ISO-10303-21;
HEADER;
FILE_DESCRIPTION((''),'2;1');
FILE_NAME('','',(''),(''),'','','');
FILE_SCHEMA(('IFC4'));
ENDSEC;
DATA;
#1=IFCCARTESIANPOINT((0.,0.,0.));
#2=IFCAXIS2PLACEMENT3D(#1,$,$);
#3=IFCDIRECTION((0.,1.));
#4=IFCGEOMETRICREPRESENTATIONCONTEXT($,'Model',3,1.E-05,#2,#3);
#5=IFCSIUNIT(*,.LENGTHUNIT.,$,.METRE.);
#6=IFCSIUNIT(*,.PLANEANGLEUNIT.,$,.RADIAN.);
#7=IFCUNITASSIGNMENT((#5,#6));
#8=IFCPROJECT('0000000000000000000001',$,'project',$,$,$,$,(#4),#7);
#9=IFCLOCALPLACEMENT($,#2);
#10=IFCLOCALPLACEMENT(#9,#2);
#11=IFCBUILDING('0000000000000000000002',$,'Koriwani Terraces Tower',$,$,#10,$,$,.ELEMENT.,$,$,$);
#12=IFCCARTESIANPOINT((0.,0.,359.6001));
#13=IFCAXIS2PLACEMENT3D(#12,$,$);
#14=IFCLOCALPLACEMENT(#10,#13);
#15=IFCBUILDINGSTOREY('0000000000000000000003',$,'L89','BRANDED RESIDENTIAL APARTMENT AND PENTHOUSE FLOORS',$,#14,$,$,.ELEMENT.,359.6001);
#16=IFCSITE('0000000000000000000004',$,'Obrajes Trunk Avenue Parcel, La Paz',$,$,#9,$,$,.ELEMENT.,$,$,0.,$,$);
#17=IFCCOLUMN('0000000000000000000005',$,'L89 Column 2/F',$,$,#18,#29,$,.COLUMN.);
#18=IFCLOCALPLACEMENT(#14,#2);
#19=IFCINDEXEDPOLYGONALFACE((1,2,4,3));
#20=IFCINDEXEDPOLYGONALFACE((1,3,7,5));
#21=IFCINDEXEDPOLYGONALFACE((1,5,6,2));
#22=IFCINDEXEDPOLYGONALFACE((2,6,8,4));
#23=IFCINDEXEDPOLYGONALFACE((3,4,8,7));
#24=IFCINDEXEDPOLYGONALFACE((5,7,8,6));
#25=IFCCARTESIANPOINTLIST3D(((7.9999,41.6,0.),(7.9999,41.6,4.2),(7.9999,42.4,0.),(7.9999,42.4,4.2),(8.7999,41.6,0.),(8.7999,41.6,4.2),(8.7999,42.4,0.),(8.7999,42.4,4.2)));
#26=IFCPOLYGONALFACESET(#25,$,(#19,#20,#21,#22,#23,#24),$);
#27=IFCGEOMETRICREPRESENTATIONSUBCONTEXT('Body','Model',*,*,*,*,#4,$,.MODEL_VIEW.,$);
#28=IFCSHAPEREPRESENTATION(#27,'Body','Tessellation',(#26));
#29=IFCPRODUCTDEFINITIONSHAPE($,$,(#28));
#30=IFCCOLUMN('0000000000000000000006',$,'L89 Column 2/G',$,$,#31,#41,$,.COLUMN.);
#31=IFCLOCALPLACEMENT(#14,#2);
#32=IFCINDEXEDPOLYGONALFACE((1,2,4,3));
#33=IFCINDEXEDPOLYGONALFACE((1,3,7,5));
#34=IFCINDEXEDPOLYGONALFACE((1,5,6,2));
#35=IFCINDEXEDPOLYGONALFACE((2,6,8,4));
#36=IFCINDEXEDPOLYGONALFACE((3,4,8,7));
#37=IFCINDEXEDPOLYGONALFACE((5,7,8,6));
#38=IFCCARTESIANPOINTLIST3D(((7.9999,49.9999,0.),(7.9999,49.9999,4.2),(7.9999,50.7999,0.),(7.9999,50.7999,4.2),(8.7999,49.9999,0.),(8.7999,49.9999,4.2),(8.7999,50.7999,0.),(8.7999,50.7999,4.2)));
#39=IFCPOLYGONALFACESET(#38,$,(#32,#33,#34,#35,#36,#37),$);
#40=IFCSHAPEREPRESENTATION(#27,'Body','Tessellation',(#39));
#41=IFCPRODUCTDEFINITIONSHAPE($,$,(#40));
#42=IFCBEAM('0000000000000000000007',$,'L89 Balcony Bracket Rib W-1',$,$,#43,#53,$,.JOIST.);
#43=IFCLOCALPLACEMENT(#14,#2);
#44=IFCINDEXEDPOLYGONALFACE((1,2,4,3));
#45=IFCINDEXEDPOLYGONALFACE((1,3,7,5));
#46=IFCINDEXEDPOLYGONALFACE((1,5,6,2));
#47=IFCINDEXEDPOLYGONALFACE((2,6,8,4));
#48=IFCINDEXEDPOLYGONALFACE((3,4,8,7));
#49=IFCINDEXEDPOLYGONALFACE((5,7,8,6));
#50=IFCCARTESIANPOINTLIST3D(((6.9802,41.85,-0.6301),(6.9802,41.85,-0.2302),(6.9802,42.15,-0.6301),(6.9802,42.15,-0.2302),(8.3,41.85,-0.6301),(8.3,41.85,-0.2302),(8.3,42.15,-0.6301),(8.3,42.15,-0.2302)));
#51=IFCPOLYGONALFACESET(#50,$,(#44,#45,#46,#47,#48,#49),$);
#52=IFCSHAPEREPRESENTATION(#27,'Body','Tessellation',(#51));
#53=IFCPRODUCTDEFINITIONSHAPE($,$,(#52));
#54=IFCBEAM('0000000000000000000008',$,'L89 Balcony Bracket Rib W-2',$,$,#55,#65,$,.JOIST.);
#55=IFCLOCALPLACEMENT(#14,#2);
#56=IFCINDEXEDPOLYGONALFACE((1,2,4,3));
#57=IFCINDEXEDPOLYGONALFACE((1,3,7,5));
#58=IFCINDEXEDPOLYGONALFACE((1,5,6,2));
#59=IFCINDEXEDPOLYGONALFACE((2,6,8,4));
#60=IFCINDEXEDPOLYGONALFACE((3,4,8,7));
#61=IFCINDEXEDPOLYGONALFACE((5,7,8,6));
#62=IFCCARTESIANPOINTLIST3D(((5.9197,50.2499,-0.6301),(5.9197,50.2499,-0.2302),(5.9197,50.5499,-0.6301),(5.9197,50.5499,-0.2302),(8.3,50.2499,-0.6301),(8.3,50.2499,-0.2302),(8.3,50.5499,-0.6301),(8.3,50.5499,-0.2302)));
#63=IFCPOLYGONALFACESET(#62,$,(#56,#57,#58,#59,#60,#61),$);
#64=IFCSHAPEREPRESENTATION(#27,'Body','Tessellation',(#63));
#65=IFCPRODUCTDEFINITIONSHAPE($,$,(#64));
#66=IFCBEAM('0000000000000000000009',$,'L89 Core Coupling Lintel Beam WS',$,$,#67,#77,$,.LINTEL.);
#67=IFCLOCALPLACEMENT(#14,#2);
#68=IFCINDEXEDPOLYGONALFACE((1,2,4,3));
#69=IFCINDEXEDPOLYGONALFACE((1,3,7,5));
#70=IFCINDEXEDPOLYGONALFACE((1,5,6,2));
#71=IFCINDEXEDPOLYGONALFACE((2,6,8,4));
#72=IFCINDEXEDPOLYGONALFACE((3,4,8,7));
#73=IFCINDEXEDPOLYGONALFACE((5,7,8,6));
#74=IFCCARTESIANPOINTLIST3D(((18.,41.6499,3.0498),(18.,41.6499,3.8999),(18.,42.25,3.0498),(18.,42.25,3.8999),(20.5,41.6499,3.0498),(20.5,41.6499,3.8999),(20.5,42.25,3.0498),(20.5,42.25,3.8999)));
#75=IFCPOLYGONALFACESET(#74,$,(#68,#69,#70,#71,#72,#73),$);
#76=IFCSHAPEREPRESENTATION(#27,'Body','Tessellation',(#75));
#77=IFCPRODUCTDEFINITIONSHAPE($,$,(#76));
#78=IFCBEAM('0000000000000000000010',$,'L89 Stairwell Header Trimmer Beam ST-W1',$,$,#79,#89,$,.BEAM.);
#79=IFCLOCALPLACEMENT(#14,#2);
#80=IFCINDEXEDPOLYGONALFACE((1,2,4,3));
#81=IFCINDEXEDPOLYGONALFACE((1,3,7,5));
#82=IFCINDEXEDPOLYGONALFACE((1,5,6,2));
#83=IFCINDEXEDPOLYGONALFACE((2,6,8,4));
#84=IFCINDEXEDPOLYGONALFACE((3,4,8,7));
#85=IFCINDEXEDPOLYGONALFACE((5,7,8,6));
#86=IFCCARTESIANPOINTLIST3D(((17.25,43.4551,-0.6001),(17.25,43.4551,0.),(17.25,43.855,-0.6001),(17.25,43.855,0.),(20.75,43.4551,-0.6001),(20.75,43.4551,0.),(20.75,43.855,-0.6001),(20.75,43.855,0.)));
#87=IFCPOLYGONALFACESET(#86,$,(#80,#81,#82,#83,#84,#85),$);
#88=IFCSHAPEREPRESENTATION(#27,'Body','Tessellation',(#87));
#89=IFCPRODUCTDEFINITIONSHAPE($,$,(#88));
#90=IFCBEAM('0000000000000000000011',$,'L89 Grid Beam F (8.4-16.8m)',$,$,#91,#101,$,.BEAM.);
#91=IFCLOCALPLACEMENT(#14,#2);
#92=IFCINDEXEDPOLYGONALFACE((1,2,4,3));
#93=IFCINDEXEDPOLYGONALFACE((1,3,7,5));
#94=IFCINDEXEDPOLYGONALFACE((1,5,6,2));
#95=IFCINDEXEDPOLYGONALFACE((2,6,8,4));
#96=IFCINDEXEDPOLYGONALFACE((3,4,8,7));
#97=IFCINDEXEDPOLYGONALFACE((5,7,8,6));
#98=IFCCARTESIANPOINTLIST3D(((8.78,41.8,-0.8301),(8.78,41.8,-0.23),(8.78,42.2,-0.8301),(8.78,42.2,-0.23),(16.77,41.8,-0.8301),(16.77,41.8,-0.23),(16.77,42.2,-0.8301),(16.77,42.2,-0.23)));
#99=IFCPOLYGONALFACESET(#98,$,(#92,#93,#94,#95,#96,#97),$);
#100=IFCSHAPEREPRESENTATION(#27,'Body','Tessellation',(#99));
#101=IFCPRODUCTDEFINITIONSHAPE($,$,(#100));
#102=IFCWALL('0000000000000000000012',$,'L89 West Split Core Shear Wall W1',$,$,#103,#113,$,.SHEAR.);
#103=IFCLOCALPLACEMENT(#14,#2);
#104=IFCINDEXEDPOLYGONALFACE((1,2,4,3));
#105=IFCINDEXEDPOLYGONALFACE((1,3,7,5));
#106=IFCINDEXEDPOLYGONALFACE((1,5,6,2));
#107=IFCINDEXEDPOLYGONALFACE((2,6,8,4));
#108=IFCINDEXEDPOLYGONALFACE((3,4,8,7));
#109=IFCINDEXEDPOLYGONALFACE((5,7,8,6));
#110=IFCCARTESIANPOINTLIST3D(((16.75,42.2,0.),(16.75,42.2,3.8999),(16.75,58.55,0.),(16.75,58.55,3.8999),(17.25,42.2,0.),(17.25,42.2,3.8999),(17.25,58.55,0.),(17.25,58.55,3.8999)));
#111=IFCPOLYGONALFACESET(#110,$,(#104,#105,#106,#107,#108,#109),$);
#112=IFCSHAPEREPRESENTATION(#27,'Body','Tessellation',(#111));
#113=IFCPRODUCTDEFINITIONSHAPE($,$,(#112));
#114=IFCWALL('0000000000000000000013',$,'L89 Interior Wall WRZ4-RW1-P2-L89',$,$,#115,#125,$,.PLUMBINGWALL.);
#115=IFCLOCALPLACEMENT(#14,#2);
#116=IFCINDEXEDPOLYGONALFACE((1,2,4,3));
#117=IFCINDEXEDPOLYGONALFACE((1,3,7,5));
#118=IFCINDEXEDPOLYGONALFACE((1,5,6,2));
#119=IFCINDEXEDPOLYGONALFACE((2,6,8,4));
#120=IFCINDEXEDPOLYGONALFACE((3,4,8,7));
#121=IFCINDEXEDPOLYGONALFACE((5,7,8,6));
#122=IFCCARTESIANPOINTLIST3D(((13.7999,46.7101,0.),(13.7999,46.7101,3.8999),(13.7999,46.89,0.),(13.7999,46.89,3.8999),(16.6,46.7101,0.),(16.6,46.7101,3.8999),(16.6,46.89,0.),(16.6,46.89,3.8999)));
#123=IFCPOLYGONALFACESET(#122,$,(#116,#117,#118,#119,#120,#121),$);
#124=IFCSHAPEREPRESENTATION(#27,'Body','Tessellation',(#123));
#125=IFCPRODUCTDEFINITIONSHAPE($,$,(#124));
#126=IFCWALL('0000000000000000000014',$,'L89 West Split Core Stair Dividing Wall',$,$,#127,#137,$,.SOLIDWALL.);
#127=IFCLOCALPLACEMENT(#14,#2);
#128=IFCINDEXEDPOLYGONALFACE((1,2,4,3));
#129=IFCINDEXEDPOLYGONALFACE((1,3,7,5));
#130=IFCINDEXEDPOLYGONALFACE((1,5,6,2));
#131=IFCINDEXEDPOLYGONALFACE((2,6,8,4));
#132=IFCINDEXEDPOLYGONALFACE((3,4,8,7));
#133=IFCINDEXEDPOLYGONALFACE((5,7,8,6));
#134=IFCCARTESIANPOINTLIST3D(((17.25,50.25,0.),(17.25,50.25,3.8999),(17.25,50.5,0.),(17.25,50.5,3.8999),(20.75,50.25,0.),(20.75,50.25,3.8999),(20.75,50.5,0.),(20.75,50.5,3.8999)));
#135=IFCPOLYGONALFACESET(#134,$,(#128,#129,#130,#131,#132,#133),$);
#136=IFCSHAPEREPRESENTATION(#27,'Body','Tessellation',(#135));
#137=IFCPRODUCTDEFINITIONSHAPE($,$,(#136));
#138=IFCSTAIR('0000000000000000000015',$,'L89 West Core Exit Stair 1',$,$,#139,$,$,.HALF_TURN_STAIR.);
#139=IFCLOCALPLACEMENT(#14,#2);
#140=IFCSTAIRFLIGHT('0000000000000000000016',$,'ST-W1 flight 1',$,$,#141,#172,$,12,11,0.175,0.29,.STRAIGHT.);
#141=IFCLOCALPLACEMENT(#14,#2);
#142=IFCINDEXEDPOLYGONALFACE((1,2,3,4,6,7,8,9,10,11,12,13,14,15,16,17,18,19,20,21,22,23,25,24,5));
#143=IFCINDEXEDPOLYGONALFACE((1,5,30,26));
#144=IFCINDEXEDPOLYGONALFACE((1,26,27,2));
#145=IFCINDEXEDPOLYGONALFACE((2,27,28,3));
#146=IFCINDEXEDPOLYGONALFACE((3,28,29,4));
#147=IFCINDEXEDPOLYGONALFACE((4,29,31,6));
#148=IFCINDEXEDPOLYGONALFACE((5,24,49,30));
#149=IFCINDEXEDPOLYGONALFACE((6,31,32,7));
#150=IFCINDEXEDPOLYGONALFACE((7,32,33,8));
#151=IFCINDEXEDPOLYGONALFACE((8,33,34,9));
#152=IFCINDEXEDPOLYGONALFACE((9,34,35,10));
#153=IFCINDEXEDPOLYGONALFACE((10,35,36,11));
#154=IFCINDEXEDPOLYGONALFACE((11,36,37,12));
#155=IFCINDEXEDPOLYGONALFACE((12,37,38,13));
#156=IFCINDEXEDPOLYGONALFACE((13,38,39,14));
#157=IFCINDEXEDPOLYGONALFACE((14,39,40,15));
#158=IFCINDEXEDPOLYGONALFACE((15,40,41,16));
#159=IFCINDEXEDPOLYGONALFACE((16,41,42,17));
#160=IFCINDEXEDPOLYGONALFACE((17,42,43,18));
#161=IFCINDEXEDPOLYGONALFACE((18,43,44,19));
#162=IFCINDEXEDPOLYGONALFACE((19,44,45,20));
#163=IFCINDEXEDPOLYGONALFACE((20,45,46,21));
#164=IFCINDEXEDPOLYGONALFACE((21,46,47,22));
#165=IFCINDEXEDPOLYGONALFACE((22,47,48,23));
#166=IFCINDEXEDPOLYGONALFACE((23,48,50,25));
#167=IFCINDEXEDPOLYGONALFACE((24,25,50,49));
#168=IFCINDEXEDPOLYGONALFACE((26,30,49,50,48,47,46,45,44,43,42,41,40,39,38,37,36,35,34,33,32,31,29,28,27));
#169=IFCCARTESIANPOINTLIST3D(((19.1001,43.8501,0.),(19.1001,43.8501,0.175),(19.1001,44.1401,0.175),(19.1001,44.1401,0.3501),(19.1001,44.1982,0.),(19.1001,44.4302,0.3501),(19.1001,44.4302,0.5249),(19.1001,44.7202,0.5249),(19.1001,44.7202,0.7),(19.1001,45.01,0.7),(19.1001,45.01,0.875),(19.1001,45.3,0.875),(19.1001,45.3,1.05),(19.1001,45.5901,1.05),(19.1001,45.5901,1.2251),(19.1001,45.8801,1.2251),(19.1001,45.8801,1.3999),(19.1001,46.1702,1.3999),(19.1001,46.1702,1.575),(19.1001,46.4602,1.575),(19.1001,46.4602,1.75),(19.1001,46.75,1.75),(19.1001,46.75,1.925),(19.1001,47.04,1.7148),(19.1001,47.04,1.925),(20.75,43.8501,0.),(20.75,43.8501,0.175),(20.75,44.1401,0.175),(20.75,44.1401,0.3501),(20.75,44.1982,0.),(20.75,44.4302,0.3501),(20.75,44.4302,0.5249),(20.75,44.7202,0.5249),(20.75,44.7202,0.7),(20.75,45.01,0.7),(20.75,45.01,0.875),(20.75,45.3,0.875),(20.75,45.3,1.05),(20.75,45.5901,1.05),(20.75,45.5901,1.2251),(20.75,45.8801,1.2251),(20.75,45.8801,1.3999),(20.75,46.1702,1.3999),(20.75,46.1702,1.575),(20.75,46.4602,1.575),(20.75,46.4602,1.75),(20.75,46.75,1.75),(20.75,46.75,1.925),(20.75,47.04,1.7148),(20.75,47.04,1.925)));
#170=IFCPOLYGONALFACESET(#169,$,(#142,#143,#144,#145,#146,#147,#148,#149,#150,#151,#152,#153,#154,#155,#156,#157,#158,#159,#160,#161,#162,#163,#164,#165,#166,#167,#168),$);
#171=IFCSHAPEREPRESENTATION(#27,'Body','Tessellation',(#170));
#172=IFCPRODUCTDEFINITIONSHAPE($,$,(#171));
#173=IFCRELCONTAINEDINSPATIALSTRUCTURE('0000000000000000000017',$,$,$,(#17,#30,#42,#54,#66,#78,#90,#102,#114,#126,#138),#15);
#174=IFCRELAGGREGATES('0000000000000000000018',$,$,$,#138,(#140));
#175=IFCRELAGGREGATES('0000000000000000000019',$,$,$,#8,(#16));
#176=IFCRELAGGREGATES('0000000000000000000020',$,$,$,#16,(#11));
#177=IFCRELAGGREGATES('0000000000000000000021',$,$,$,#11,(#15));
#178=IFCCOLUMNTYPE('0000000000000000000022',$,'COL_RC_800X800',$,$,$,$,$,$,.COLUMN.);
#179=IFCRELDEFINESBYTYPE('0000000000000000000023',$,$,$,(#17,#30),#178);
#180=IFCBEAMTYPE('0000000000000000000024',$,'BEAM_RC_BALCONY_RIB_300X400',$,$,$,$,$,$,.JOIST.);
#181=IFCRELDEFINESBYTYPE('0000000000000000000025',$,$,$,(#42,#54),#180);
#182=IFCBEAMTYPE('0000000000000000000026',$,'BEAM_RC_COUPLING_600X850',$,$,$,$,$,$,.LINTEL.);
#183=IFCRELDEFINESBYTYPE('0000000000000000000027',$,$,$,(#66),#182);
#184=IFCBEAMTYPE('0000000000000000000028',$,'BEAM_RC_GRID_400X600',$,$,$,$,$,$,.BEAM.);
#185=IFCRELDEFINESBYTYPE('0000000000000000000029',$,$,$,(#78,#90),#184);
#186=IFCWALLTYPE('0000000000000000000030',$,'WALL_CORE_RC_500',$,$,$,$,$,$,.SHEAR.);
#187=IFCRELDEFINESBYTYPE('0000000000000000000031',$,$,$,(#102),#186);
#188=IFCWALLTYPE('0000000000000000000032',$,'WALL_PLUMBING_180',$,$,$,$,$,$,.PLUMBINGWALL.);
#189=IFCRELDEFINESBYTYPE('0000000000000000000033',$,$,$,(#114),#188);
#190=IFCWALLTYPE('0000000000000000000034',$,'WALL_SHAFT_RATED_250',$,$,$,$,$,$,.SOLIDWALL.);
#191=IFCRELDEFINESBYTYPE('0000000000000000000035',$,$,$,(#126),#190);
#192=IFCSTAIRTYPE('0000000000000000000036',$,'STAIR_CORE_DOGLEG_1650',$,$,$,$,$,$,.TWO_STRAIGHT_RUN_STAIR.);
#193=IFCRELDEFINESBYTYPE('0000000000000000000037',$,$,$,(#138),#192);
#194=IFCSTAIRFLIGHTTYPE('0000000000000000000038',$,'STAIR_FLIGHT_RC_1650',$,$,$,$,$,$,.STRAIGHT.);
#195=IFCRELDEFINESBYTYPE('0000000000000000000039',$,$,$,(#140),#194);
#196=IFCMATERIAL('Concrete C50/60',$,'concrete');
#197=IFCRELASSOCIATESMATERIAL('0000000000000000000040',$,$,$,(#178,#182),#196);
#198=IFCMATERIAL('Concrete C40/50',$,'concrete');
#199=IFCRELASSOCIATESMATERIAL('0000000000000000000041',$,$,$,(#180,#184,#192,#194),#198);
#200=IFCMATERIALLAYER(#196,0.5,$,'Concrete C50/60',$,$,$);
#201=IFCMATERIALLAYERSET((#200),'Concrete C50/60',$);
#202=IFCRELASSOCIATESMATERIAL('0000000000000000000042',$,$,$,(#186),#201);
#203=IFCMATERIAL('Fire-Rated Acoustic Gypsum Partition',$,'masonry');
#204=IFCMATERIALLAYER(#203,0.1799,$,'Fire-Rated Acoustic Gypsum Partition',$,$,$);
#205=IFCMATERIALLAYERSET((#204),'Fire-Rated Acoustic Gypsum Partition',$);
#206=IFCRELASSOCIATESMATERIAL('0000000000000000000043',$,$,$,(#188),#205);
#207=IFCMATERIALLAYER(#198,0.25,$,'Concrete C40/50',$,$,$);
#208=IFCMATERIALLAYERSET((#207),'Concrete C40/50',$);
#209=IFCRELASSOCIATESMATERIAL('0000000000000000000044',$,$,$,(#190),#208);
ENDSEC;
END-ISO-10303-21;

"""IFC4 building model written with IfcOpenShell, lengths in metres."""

from ifc_helpers import new_model, si_unit, direction, frame, frame_2d, origin, origin_2d, place, context, subcontext, project, spatial, polyline, rectangle, outline, extrude, material, layer, layer_set, material_profile, profile_set, type_object, element, aggregate, save


model = new_model("IFC4")

# Units and contexts
model_context = context("Model", 3, precision=1e-05, world=origin(), true_north=direction((0.0, 1.0)))
body_context = subcontext(model_context, "Body", "Model", "MODEL_VIEW")
ifc_project = project(units=[si_unit("LENGTHUNIT", "METRE"), si_unit("PLANEANGLEUNIT", "RADIAN")], contexts=[model_context])

# Site, building, storey
site_placement = place(None, origin())
site = spatial("IfcSite", under=ifc_project, at=site_placement, Name="Obrajes Trunk Avenue Parcel, La Paz", CompositionType="ELEMENT", RefElevation=0.0)
building_placement = place(site_placement, origin())
building = spatial("IfcBuilding", under=site, at=building_placement, Name="Koriwani Terraces Tower", CompositionType="ELEMENT")
storey_placement = place(building_placement, frame((0.0, 0.0, 359.6001)))
storey = spatial("IfcBuildingStorey", under=building, at=storey_placement, Name="L89", Description="BRANDED RESIDENTIAL APARTMENT AND PENTHOUSE FLOORS", CompositionType="ELEMENT", Elevation=359.6001)

# Columns
ifc_material_1 = material(Name="Concrete C50/60", Category="concrete")
ifc_material_profile_1 = material_profile(ifc_material_1, rectangle(XDim=0.8, YDim=0.8, at=origin_2d()), Name="Concrete C50/60", Category="LoadBearing")
ifc_profile_set_1 = profile_set([ifc_material_profile_1], Name="Concrete C50/60")
column_type = type_object("IfcColumnType", Name="COL_RC_800X800", PredefinedType="COLUMN", material=ifc_profile_set_1)
for number, where, z_axis, x_axis, name in (
    (1, (8.3999, 42.0, 0.0), (0.0, 0.0, 1.0), (1.0, 0.0, 0.0), "L89 Column 2/F"),
    (2, (8.3999, 50.3999, 0.0), (0.0, 0.0, 1.0), (1.0, 0.0, 0.0), "L89 Column 2/G"),
):
    element("IfcColumn", number, at=place(storey_placement, frame(where, z_axis=z_axis, x_axis=x_axis)), inside=storey, type_object=column_type, Name=name, PredefinedType="COLUMN", context=body_context, shape_type="SweptSolid", body=[
        extrude(rectangle(XDim=0.8, YDim=0.8, at=origin_2d()), origin(), (0.0, 0.0, 1.0), 4.2),
    ])

# Beams
ifc_material_2 = material(Name="Concrete C40/50", Category="concrete")
ifc_material_profile_2 = material_profile(ifc_material_2, rectangle(XDim=0.3, YDim=0.3999, at=origin_2d()), Name="Concrete C40/50", Category="LoadBearing")
ifc_profile_set_2 = profile_set([ifc_material_profile_2], Name="Concrete C40/50")
beam_type_1 = type_object("IfcBeamType", Name="BEAM_RC_BALCONY_RIB_300X400", PredefinedType="JOIST", material=ifc_profile_set_2)
beam_1_placement = place(storey_placement, frame((6.9802, 42.0, -0.4302), z_axis=(1.0, 0.0, 0.0), x_axis=(0.0, 1.0, 0.0)))
element("IfcBeam", 3, at=beam_1_placement, inside=storey, type_object=beam_type_1, Name="L89 Balcony Bracket Rib W-1", PredefinedType="JOIST", context=body_context, shape_type="SweptSolid", body=[
    extrude(rectangle(XDim=0.3, YDim=0.3999, at=origin_2d()), origin(), (0.0, 0.0, 1.0), 1.3198),
])
beam_2_placement = place(storey_placement, frame((5.9197, 50.3999, -0.4302), z_axis=(1.0, 0.0, 0.0), x_axis=(0.0, 1.0, 0.0)))
element("IfcBeam", 4, at=beam_2_placement, inside=storey, type_object=beam_type_1, Name="L89 Balcony Bracket Rib W-2", PredefinedType="JOIST", context=body_context, shape_type="SweptSolid", body=[
    extrude(rectangle(XDim=0.3, YDim=0.3999, at=origin_2d()), origin(), (0.0, 0.0, 1.0), 2.3804),
])
ifc_material_profile_3 = material_profile(ifc_material_1, rectangle(XDim=0.6001, YDim=0.8501, at=origin_2d()), Name="Concrete C50/60", Category="LoadBearing")
ifc_profile_set_3 = profile_set([ifc_material_profile_3], Name="Concrete C50/60")
beam_type_2 = type_object("IfcBeamType", Name="BEAM_RC_COUPLING_600X850", PredefinedType="LINTEL", material=ifc_profile_set_3)
beam_3_placement = place(storey_placement, frame((18.0, 41.95, 3.4749), z_axis=(1.0, 0.0, 0.0), x_axis=(0.0, 1.0, 0.0)))
element("IfcBeam", 5, at=beam_3_placement, inside=storey, type_object=beam_type_2, Name="L89 Core Coupling Lintel Beam WS", PredefinedType="LINTEL", context=body_context, shape_type="SweptSolid", body=[
    extrude(rectangle(XDim=0.6001, YDim=0.8501, at=origin_2d()), origin(), (0.0, 0.0, 1.0), 2.5),
])
ifc_material_profile_4 = material_profile(ifc_material_2, rectangle(XDim=0.3999, YDim=0.6001, at=origin_2d()), Name="Concrete C40/50", Category="LoadBearing")
ifc_profile_set_4 = profile_set([ifc_material_profile_4], Name="Concrete C40/50")
beam_type_3 = type_object("IfcBeamType", Name="BEAM_RC_GRID_400X600", PredefinedType="BEAM", material=ifc_profile_set_4)
beam_4_placement = place(storey_placement, frame((17.25, 43.655, -0.3), z_axis=(1.0, 0.0, 0.0), x_axis=(0.0, 1.0, 0.0)))
element("IfcBeam", 6, at=beam_4_placement, inside=storey, type_object=beam_type_3, Name="L89 Stairwell Header Trimmer Beam ST-W1", PredefinedType="BEAM", context=body_context, shape_type="SweptSolid", body=[
    extrude(rectangle(XDim=0.3999, YDim=0.6001, at=origin_2d()), origin(), (0.0, 0.0, 1.0), 3.5),
])
beam_5_placement = place(storey_placement, frame((8.78, 42.0, -0.53), z_axis=(1.0, 0.0, 0.0), x_axis=(0.0, 1.0, 0.0)))
element("IfcBeam", 7, at=beam_5_placement, inside=storey, type_object=beam_type_3, Name="L89 Grid Beam F (8.4-16.8m)", PredefinedType="BEAM", context=body_context, shape_type="SweptSolid", body=[
    extrude(rectangle(XDim=0.3999, YDim=0.6001, at=origin_2d()), origin(), (0.0, 0.0, 1.0), 7.99),
])

# Walls
ifc_layer_1 = layer(ifc_material_1, 0.5, Name="Concrete C50/60")
ifc_layer_set_1 = layer_set([ifc_layer_1], Name="Concrete C50/60")
wall_type_1 = type_object("IfcWallType", Name="WALL_CORE_RC_500", PredefinedType="SHEAR", material=ifc_layer_set_1)
wall_1_placement = place(storey_placement, frame((17.0, 42.2, 0.0), z_axis=(0.0, 0.0, 1.0), x_axis=(0.0, 1.0, 0.0)))
element("IfcWall", 8, at=wall_1_placement, inside=storey, type_object=wall_type_1, Name="L89 West Split Core Shear Wall W1", PredefinedType="SHEAR", context=body_context, shape_type="SweptSolid", body=[
    extrude(rectangle(XDim=16.3501, YDim=0.5, at=frame_2d((8.175, 0.0))), origin(), (0.0, 0.0, 1.0), 3.8999),
])
ifc_material_3 = material(Name="Fire-Rated Acoustic Gypsum Partition", Category="masonry")
ifc_layer_2 = layer(ifc_material_3, 0.1799, Name="Fire-Rated Acoustic Gypsum Partition")
ifc_layer_set_2 = layer_set([ifc_layer_2], Name="Fire-Rated Acoustic Gypsum Partition")
wall_type_2 = type_object("IfcWallType", Name="WALL_PLUMBING_180", PredefinedType="PLUMBINGWALL", material=ifc_layer_set_2)
wall_2_placement = place(storey_placement, frame((13.8, 46.8, 0.0), z_axis=(0.0, 0.0, 1.0), x_axis=(1.0, 0.0, 0.0)))
element("IfcWall", 9, at=wall_2_placement, inside=storey, type_object=wall_type_2, Name="L89 Interior Wall WRZ4-RW1-P2-L89", PredefinedType="PLUMBINGWALL", context=body_context, shape_type="SweptSolid", body=[
    extrude(rectangle(XDim=2.8, YDim=0.1799, at=frame_2d((1.3999, 0.0))), origin(), (0.0, 0.0, 1.0), 3.8999),
])
ifc_layer_3 = layer(ifc_material_2, 0.25, Name="Concrete C40/50")
ifc_layer_set_3 = layer_set([ifc_layer_3], Name="Concrete C40/50")
wall_type_3 = type_object("IfcWallType", Name="WALL_SHAFT_RATED_250", PredefinedType="SOLIDWALL", material=ifc_layer_set_3)
wall_3_placement = place(storey_placement, frame((17.25, 50.375, 0.0), z_axis=(0.0, 0.0, 1.0), x_axis=(1.0, 0.0, 0.0)))
element("IfcWall", 10, at=wall_3_placement, inside=storey, type_object=wall_type_3, Name="L89 West Split Core Stair Dividing Wall", PredefinedType="SOLIDWALL", context=body_context, shape_type="SweptSolid", body=[
    extrude(rectangle(XDim=3.5, YDim=0.25, at=frame_2d((1.75, 0.0))), origin(), (0.0, 0.0, 1.0), 3.8999),
])

# Stair, stair flight
stair_type = type_object("IfcStairType", Name="STAIR_CORE_DOGLEG_1650", PredefinedType="TWO_STRAIGHT_RUN_STAIR", material=ifc_material_2)
stair_placement = place(storey_placement, origin())
stair = element("IfcStair", 11, at=stair_placement, inside=storey, type_object=stair_type, Name="L89 West Core Exit Stair 1", PredefinedType="HALF_TURN_STAIR")
stair_flight_type = type_object("IfcStairFlightType", Name="STAIR_FLIGHT_RC_1650", PredefinedType="STRAIGHT", material=ifc_material_2)
stair_flight_1_placement = place(storey_placement, frame((19.925, 43.8501, 0.0), z_axis=(0.0, 0.0, 1.0), x_axis=(0.0, 1.0, 0.0)))
stair_flight_1 = element("IfcStairFlight", 12, at=stair_flight_1_placement, type_object=stair_flight_type, Name="ST-W1 flight 1", NumberOfRisers=12, NumberOfTreads=11, PredefinedType="STRAIGHT", RiserHeight=0.175, TreadLength=0.29, context=body_context, shape_type="SweptSolid", body=[
    extrude(outline(polyline([(0.0, 0.0), (0.0, 0.175), (0.29, 0.175), (0.29, 0.3501), (0.5801, 0.3501), (0.5801, 0.5249), (0.8701, 0.5249), (0.8701, 0.7), (1.1599, 0.7), (1.1599, 0.875), (1.45, 0.875), (1.45, 1.05), (1.74, 1.05), (1.74, 1.2251), (2.03, 1.2251), (2.03, 1.3999), (2.3201, 1.3999), (2.3201, 1.575), (2.6101, 1.575), (2.6101, 1.75), (2.8999, 1.75), (2.8999, 1.925), (3.1899, 1.925), (3.1899, 2.1001), (3.1899, 1.7148), (0.3481, 0.0), (0.0, 0.0)])), frame((0.0, 0.825, 0.0), z_axis=(0.0, -1.0, 0.0), x_axis=(1.0, 0.0, 0.0)), (0.0, 0.0, 1.0), 1.6499),
])
aggregate(stair, [stair_flight_1])

save(model, "model.ifc")
